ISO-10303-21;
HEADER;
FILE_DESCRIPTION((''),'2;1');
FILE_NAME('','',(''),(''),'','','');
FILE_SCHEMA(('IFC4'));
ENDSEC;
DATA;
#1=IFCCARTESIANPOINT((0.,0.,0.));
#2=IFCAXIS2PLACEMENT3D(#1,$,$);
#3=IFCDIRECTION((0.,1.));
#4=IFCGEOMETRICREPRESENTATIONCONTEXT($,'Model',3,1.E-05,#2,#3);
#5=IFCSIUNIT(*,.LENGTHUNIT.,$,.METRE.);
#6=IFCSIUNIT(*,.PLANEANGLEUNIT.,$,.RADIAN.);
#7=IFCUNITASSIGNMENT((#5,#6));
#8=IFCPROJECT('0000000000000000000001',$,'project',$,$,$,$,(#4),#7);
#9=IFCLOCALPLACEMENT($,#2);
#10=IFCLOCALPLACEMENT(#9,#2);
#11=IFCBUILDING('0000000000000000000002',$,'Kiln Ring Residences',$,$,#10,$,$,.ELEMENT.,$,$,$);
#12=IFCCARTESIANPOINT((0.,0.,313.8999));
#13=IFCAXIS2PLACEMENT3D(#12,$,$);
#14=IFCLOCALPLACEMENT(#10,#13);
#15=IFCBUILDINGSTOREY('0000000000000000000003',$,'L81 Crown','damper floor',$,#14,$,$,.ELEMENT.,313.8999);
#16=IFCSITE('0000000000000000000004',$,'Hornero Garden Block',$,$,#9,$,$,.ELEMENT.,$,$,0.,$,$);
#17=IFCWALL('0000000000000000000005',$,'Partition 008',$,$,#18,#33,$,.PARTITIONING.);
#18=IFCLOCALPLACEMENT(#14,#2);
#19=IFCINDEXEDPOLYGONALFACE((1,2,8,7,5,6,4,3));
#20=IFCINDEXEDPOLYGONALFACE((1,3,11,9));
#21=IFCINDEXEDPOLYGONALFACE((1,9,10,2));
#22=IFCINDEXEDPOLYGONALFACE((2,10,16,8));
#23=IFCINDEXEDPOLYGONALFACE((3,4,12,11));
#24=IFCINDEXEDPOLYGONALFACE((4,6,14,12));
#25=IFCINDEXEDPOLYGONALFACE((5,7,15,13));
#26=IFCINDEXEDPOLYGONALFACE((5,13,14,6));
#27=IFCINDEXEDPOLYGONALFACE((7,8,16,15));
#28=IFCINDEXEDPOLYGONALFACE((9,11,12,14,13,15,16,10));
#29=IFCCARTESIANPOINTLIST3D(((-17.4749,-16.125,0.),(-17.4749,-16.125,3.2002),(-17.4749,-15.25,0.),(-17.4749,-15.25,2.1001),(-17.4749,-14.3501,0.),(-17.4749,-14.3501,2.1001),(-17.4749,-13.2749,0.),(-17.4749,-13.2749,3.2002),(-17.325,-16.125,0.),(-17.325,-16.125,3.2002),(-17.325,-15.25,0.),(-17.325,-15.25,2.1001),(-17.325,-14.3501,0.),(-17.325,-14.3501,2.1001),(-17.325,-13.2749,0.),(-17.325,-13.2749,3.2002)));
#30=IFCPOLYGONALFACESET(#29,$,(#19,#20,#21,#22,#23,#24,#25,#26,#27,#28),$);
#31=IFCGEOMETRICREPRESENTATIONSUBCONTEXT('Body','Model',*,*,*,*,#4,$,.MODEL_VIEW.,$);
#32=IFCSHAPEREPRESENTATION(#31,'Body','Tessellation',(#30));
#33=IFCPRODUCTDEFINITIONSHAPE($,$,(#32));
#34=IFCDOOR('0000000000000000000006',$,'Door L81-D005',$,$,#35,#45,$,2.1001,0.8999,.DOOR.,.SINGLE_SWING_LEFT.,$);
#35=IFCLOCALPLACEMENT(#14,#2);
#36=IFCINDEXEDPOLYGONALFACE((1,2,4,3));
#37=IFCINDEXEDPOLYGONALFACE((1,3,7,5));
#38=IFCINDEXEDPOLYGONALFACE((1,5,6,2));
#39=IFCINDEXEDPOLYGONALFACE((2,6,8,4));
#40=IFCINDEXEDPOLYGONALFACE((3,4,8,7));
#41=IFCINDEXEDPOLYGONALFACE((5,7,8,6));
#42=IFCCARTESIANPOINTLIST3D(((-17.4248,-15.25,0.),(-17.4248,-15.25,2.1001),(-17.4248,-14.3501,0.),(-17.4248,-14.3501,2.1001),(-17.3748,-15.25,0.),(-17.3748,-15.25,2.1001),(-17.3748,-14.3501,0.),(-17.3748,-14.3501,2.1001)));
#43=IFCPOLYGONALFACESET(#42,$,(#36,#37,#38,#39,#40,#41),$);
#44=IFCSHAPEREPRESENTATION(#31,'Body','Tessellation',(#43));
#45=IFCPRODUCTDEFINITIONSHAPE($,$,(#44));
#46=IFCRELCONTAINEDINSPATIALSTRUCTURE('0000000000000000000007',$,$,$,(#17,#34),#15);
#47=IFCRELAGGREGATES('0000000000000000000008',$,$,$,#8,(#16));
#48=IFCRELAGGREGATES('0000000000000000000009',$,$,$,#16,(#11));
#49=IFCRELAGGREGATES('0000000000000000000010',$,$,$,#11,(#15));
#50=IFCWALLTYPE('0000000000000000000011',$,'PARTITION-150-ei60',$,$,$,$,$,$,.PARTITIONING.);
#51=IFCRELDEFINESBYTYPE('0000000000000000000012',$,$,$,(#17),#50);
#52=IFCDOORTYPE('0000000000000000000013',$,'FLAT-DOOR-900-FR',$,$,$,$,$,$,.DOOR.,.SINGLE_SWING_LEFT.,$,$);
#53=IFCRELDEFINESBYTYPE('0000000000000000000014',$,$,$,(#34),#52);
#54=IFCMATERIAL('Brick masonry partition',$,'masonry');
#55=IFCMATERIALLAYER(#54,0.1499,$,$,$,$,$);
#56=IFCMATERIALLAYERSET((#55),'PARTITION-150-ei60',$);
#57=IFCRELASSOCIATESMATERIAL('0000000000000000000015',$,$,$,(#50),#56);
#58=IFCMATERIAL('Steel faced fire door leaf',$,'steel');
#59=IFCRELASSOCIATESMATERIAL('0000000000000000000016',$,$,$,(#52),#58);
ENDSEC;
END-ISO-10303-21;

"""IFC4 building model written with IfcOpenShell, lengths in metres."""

from ifc_helpers import new_model, si_unit, direction, frame, frame_2d, origin, place, context, subcontext, project, spatial, rectangle, extrude, material, layer, layer_set, type_object, element, fill, save


model = new_model("IFC4")

# Units and contexts
model_context = context("Model", 3, precision=1e-05, world=origin(), true_north=direction((0.0, 1.0)))
body_context = subcontext(model_context, "Body", "Model", "MODEL_VIEW")
ifc_project = project(units=[si_unit("LENGTHUNIT", "METRE"), si_unit("PLANEANGLEUNIT", "RADIAN")], contexts=[model_context])

# Site, building, storey
site_placement = place(None, origin())
site = spatial("IfcSite", under=ifc_project, at=site_placement, Name="Hornero Garden Block", CompositionType="ELEMENT", RefElevation=0.0)
building_placement = place(site_placement, origin())
building = spatial("IfcBuilding", under=site, at=building_placement, Name="Kiln Ring Residences", CompositionType="ELEMENT")
storey_placement = place(building_placement, frame((0.0, 0.0, 313.8999)))
storey = spatial("IfcBuildingStorey", under=building, at=storey_placement, Name="L81 Crown", Description="damper floor", CompositionType="ELEMENT", Elevation=313.8999)

# Wall, opening, door
ifc_material_1 = material(Name="Brick masonry partition", Category="masonry")
ifc_layer_1 = layer(ifc_material_1, 0.1499)
ifc_layer_set_1 = layer_set([ifc_layer_1], Name="PARTITION-150-ei60")
wall_type_1 = type_object("IfcWallType", Name="PARTITION-150-ei60", PredefinedType="PARTITIONING", material=ifc_layer_set_1)
wall_1_placement = place(storey_placement, frame((-17.3999, -16.125, 0.0), z_axis=(0.0, 0.0, 1.0), x_axis=(0.0, 1.0, 0.0)))
wall_1 = element("IfcWall", 1, at=wall_1_placement, inside=storey, type_object=wall_type_1, Name="Partition 008", PredefinedType="PARTITIONING", context=body_context, shape_type="SweptSolid", body=[
    extrude(rectangle(XDim=2.8501, YDim=0.1499, at=frame_2d((1.425, 0.0))), origin(), (0.0, 0.0, 1.0), 3.2002),
])
opening_1_placement = place(wall_1_placement, frame((0.875, 0.0, 0.0)))
opening_1 = element("IfcOpeningElement", 2, at=opening_1_placement, cuts=wall_1, PredefinedType="OPENING", context=body_context, shape_type="SweptSolid", body=[
    extrude(rectangle(XDim=0.8999, YDim=2.1001, at=frame_2d((0.45, 1.05))), frame((0.0, 0.085, 0.0), z_axis=(0.0, -1.0, 0.0), x_axis=(1.0, 0.0, 0.0)), (0.0, 0.0, 1.0), 0.1699),
])
ifc_material_2 = material(Name="Steel faced fire door leaf", Category="steel")
door_type_1 = type_object("IfcDoorType", Name="FLAT-DOOR-900-FR", OperationType="SINGLE_SWING_LEFT", PredefinedType="DOOR", material=ifc_material_2)
door_1_placement = place(opening_1_placement, origin())
door_1 = element("IfcDoor", 3, at=door_1_placement, inside=storey, type_object=door_type_1, Name="Door L81-D005", OperationType="SINGLE_SWING_LEFT", OverallHeight=2.1001, OverallWidth=0.8999, PredefinedType="DOOR", context=body_context, shape_type="SweptSolid", body=[
    extrude(rectangle(XDim=0.8999, YDim=2.1001, at=frame_2d((0.45, 1.05))), frame((0.0, 0.0249, 0.0), z_axis=(0.0, -1.0, 0.0), x_axis=(1.0, 0.0, 0.0)), (0.0, 0.0, 1.0), 0.05),
])
fill(opening_1, door_1)

save(model, "model.ifc")
